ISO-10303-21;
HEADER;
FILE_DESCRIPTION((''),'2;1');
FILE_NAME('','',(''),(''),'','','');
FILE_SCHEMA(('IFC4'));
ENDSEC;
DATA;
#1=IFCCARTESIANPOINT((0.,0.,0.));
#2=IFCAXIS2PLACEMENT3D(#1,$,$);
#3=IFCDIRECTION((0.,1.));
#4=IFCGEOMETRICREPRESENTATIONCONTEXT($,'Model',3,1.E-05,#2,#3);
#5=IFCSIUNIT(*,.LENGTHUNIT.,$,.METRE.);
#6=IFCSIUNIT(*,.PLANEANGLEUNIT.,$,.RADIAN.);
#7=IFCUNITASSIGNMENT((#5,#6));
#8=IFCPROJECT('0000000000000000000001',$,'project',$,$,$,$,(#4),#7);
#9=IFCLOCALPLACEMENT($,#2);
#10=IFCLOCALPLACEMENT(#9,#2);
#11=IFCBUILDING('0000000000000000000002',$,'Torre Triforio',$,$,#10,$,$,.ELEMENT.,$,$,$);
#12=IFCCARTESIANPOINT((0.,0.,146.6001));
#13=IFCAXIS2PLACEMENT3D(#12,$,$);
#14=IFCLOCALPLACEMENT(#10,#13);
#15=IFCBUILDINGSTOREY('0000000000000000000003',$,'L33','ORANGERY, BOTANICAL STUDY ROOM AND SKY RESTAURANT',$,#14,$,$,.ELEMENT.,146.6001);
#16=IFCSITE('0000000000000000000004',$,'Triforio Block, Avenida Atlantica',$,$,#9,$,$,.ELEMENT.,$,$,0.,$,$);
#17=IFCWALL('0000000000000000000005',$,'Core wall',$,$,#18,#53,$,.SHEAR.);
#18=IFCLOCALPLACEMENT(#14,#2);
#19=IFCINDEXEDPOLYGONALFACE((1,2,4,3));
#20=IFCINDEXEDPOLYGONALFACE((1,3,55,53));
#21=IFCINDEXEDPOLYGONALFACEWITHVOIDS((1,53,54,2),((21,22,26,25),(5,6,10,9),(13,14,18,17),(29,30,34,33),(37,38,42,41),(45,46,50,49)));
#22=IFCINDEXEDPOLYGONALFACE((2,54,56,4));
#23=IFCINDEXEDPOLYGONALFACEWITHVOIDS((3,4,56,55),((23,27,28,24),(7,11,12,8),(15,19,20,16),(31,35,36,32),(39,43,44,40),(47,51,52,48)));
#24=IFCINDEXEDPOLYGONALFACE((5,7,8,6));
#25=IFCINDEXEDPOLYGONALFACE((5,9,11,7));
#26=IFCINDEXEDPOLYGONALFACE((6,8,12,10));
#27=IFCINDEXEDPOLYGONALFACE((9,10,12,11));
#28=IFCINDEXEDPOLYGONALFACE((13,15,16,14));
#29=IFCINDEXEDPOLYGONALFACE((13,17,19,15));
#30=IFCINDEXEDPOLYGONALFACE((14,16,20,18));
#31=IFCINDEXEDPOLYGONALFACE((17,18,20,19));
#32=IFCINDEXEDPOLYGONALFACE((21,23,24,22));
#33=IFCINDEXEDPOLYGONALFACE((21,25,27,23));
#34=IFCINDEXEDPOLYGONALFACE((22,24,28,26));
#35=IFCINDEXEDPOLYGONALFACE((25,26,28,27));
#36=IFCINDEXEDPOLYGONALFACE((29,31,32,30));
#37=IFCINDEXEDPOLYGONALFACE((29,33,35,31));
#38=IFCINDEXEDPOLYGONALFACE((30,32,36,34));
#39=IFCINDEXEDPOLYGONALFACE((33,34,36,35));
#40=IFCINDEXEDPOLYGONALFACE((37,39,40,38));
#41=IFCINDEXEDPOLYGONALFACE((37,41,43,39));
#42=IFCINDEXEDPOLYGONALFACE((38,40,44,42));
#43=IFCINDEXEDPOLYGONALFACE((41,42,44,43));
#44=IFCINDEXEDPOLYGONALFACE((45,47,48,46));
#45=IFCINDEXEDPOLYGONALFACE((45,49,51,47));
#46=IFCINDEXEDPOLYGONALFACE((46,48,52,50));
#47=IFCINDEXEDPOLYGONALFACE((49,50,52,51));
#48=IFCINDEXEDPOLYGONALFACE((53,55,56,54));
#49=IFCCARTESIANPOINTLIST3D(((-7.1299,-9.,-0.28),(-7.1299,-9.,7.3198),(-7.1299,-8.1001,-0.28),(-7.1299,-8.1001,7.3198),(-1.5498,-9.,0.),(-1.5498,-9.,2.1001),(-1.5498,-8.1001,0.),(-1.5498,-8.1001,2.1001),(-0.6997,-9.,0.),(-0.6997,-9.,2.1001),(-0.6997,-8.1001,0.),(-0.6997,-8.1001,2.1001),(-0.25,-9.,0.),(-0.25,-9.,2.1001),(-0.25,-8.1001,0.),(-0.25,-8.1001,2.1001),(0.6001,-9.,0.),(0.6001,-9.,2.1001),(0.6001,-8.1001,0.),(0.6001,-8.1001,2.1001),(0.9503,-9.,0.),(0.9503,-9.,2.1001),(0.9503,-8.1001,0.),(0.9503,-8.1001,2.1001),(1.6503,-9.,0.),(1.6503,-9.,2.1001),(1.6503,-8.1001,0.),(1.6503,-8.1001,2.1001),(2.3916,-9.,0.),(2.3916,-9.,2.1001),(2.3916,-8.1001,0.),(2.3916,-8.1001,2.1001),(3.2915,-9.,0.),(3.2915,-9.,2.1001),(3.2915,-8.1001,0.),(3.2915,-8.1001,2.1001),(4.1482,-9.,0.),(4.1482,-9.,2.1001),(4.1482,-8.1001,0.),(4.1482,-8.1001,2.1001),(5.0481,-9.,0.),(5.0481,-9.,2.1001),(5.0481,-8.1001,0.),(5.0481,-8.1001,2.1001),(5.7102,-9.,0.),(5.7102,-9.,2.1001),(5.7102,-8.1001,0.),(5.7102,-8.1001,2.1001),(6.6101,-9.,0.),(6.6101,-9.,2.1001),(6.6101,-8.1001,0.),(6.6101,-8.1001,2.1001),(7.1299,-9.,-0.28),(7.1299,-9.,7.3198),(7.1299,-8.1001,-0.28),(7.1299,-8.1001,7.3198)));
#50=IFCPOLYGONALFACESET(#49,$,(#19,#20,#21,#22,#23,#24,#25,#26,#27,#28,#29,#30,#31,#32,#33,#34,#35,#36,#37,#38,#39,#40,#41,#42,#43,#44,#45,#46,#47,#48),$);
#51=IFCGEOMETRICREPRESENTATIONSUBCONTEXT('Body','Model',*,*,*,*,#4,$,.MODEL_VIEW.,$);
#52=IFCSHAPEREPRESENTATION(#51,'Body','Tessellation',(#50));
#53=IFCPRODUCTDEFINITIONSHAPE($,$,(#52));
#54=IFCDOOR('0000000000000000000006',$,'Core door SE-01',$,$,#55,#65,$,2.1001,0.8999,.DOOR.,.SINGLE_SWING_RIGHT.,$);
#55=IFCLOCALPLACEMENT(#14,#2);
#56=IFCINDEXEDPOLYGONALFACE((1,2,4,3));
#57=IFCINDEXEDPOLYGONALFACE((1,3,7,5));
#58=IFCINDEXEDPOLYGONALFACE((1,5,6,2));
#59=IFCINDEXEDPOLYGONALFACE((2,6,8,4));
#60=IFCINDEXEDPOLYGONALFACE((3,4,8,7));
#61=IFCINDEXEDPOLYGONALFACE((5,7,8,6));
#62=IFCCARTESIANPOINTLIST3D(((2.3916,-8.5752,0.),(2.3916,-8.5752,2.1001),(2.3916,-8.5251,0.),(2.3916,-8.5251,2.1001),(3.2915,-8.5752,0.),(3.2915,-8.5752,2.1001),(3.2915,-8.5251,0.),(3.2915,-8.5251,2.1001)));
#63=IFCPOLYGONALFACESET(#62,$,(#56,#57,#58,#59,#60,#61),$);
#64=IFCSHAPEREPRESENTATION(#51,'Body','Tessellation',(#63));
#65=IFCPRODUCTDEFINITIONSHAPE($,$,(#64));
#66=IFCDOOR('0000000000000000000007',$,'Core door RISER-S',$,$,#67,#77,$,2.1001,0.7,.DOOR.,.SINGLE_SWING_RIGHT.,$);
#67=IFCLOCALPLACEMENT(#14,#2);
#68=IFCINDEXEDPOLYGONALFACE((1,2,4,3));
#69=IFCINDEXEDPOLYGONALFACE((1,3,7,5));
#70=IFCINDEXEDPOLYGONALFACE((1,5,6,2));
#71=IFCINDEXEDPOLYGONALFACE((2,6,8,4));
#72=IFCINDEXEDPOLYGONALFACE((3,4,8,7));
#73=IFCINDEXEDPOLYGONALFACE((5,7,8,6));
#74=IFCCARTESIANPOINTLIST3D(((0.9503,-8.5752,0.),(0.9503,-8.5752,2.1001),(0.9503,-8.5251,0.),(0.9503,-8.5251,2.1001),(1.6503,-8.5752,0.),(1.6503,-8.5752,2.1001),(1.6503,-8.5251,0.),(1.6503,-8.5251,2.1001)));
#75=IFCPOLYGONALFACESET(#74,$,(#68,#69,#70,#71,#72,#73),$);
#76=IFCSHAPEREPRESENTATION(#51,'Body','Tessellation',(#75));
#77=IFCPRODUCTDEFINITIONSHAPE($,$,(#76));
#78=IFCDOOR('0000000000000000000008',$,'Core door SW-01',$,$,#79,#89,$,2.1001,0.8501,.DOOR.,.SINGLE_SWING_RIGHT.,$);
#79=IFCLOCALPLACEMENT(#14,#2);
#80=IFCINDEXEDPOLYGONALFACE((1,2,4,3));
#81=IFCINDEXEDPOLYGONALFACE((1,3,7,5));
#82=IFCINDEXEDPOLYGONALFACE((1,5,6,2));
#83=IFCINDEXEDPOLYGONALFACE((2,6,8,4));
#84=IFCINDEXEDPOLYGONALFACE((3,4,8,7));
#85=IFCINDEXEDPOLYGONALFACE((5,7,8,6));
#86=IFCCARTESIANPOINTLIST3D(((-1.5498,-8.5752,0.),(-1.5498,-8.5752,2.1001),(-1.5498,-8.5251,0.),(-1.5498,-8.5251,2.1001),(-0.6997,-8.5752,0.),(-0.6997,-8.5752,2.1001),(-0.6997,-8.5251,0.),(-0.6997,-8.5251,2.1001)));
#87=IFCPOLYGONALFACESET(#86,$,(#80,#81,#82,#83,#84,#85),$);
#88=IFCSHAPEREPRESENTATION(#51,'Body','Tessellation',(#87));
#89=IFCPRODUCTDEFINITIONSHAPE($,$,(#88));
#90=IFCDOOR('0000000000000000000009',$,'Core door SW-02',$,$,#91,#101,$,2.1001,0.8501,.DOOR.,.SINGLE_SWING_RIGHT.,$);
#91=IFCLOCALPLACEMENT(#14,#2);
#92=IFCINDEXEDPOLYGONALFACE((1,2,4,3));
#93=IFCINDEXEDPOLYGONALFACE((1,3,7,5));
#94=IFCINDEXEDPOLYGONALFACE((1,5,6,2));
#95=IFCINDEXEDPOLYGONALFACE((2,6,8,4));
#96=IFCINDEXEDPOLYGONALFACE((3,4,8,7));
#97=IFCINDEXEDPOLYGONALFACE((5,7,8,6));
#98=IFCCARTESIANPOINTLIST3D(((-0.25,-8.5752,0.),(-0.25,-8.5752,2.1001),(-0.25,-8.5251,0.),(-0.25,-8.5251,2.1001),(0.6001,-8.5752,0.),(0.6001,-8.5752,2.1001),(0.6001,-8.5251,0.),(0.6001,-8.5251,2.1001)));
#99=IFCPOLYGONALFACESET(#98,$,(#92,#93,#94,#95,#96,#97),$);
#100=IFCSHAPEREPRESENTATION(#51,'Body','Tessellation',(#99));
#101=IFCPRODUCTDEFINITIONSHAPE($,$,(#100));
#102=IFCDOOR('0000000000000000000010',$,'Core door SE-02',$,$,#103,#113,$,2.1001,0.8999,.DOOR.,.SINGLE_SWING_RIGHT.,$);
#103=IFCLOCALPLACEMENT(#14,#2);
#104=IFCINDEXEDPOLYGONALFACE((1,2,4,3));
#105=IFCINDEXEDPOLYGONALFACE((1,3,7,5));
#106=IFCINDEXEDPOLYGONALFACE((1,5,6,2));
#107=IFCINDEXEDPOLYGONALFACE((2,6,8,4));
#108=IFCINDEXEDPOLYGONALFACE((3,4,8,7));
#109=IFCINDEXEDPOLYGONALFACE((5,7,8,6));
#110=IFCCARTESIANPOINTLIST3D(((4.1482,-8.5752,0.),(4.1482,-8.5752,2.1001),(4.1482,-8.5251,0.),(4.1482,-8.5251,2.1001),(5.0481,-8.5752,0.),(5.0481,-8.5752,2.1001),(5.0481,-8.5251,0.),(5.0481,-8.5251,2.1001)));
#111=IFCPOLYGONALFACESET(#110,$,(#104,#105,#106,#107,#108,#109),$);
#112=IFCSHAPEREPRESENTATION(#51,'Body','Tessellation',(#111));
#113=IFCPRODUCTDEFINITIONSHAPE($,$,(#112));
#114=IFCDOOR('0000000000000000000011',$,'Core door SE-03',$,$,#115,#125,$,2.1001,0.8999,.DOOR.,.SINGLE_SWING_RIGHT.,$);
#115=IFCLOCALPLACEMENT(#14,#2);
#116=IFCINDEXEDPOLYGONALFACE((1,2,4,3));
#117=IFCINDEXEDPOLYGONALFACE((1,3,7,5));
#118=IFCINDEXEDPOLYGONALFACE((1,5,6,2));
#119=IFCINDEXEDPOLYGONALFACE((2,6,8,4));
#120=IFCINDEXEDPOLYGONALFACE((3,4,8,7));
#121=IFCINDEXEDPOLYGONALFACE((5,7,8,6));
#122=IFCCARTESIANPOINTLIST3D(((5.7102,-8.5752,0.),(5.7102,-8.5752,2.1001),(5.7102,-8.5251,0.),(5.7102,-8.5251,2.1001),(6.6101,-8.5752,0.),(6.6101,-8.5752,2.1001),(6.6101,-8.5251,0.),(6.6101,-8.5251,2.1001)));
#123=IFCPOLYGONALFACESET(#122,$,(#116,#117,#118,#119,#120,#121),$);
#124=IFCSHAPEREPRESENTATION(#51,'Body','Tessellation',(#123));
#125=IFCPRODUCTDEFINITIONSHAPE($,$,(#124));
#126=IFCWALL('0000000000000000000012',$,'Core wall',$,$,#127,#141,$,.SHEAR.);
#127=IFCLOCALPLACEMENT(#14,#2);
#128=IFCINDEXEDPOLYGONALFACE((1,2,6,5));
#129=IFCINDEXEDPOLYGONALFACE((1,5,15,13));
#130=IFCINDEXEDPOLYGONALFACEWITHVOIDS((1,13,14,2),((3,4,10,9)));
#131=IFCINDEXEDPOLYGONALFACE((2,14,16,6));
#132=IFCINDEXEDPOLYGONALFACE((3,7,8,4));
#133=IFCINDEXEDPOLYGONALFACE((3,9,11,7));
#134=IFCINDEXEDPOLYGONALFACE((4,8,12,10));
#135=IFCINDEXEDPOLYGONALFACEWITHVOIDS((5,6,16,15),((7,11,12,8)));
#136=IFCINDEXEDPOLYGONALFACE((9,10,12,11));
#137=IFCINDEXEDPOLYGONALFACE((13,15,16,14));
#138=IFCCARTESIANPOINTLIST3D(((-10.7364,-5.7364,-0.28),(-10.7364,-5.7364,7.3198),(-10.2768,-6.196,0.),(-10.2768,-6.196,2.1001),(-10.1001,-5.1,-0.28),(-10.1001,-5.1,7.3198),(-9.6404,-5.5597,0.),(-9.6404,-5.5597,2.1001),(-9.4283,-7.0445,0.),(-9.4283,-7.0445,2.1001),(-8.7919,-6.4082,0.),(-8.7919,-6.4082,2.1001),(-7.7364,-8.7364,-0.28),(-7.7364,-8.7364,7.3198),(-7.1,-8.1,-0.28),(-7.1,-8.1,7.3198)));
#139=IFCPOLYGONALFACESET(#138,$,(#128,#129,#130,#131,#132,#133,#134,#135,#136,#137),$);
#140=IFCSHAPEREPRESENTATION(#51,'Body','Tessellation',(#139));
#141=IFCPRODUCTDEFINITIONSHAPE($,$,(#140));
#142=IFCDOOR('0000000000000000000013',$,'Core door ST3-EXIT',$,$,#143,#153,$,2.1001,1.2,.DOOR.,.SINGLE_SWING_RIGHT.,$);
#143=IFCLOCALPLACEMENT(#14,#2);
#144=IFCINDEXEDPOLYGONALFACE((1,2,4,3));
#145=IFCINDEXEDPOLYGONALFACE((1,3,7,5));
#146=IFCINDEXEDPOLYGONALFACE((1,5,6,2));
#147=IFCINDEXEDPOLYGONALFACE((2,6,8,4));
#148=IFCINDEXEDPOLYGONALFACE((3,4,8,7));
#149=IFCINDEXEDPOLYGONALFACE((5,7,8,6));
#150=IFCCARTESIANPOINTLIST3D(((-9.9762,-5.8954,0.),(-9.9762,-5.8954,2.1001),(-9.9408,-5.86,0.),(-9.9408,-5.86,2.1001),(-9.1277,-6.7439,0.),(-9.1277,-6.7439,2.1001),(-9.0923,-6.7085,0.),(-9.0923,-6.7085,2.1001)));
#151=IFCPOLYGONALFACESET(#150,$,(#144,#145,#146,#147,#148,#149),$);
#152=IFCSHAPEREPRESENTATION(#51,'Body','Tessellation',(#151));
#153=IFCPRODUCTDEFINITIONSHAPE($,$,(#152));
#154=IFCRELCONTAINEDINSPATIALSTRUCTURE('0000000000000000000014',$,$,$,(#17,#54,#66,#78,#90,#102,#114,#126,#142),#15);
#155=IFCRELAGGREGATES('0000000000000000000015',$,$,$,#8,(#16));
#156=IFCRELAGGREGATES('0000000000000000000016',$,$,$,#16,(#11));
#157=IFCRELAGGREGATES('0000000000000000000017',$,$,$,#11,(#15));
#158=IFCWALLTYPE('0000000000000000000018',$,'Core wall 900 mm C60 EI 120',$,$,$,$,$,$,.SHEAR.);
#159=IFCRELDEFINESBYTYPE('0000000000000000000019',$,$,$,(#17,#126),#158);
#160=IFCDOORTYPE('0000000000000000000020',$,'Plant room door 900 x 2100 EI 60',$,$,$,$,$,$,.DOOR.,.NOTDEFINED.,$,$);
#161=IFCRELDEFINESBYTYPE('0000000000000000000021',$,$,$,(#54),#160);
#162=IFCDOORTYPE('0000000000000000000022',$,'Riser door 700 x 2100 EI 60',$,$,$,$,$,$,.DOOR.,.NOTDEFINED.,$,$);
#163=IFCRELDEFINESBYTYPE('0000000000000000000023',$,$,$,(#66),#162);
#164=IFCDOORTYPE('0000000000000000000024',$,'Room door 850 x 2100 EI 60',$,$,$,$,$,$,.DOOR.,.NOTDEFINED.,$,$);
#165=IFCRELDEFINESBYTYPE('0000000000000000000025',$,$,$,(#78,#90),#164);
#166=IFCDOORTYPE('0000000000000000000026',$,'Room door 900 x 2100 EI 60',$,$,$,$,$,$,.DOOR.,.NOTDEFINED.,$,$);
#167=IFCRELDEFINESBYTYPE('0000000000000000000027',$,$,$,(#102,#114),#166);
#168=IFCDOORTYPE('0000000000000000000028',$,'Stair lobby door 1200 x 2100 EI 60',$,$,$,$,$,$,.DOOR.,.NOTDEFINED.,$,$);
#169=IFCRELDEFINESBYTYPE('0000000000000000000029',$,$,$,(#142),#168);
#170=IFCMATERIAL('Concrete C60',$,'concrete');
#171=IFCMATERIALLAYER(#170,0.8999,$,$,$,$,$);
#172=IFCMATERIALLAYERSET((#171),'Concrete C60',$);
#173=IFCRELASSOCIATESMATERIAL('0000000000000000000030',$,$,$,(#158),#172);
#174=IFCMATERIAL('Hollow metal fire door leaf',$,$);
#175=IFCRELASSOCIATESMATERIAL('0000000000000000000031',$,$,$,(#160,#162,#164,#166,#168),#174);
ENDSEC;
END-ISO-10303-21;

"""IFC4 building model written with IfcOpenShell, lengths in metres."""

from ifc_helpers import new_model, si_unit, direction, frame, frame_2d, origin, place, context, subcontext, project, spatial, rectangle, extrude, material, layer, layer_set, type_object, element, fill, save


model = new_model("IFC4")

# Units and contexts
model_context = context("Model", 3, precision=1e-05, world=origin(), true_north=direction((0.0, 1.0)))
body_context = subcontext(model_context, "Body", "Model", "MODEL_VIEW")
ifc_project = project(units=[si_unit("LENGTHUNIT", "METRE"), si_unit("PLANEANGLEUNIT", "RADIAN")], contexts=[model_context])

# Site, building, storey
site_placement = place(None, origin())
site = spatial("IfcSite", under=ifc_project, at=site_placement, Name="Triforio Block, Avenida Atlantica", CompositionType="ELEMENT", RefElevation=0.0)
building_placement = place(site_placement, origin())
building = spatial("IfcBuilding", under=site, at=building_placement, Name="Torre Triforio", CompositionType="ELEMENT")
storey_placement = place(building_placement, frame((0.0, 0.0, 146.6001)))
storey = spatial("IfcBuildingStorey", under=building, at=storey_placement, Name="L33", Description="ORANGERY, BOTANICAL STUDY ROOM AND SKY RESTAURANT", CompositionType="ELEMENT", Elevation=146.6001)

# Shared definitions
ifc_material_1 = material(Name="Concrete C60", Category="concrete")

# Wall, openings, doors
ifc_layer_1 = layer(ifc_material_1, 0.8999)
ifc_layer_set_1 = layer_set([ifc_layer_1], Name="Concrete C60")
wall_type_1 = type_object("IfcWallType", Name="Core wall 900 mm C60 EI 120", PredefinedType="SHEAR", material=ifc_layer_set_1)
wall_1_placement = place(storey_placement, frame((-7.1299, -8.55, -0.28), z_axis=(0.0, 0.0, 1.0), x_axis=(1.0, 0.0, 0.0)))
wall_1 = element("IfcWall", 1, at=wall_1_placement, inside=storey, type_object=wall_type_1, Name="Core wall", PredefinedType="SHEAR", context=body_context, shape_type="SweptSolid", body=[
    extrude(rectangle(XDim=14.2598, YDim=0.8999, at=frame_2d((7.1299, 0.0))), origin(), (0.0, 0.0, 1.0), 7.5999),
])
opening_1_placement = place(wall_1_placement, frame((8.0801, 0.0, 0.28)))
opening_1 = element("IfcOpeningElement", 2, at=opening_1_placement, cuts=wall_1, PredefinedType="OPENING", context=body_context, shape_type="SweptSolid", body=[
    extrude(rectangle(XDim=0.7, YDim=2.1001, at=frame_2d((0.3501, 1.05))), frame((0.0, 0.46, 0.0), z_axis=(0.0, -1.0, 0.0), x_axis=(1.0, 0.0, 0.0)), (0.0, 0.0, 1.0), 0.9199),
])
opening_2_placement = place(wall_1_placement, frame((5.5801, 0.0, 0.28)))
opening_2 = element("IfcOpeningElement", 3, at=opening_2_placement, cuts=wall_1, PredefinedType="OPENING", context=body_context, shape_type="SweptSolid", body=[
    extrude(rectangle(XDim=0.8501, YDim=2.1001, at=frame_2d((0.425, 1.05))), frame((0.0, 0.46, 0.0), z_axis=(0.0, -1.0, 0.0), x_axis=(1.0, 0.0, 0.0)), (0.0, 0.0, 1.0), 0.9199),
])
opening_3_placement = place(wall_1_placement, frame((6.8799, 0.0, 0.28)))
opening_3 = element("IfcOpeningElement", 4, at=opening_3_placement, cuts=wall_1, PredefinedType="OPENING", context=body_context, shape_type="SweptSolid", body=[
    extrude(rectangle(XDim=0.8501, YDim=2.1001, at=frame_2d((0.425, 1.05))), frame((0.0, 0.46, 0.0), z_axis=(0.0, -1.0, 0.0), x_axis=(1.0, 0.0, 0.0)), (0.0, 0.0, 1.0), 0.9199),
])
opening_4_placement = place(wall_1_placement, frame((9.5215, 0.0, 0.28)))
opening_4 = element("IfcOpeningElement", 5, at=opening_4_placement, cuts=wall_1, PredefinedType="OPENING", context=body_context, shape_type="SweptSolid", body=[
    extrude(rectangle(XDim=0.8999, YDim=2.1001, at=frame_2d((0.45, 1.05))), frame((0.0, 0.46, 0.0), z_axis=(0.0, -1.0, 0.0), x_axis=(1.0, 0.0, 0.0)), (0.0, 0.0, 1.0), 0.9199),
])
opening_5_placement = place(wall_1_placement, frame((11.2781, 0.0, 0.28)))
opening_5 = element("IfcOpeningElement", 6, at=opening_5_placement, cuts=wall_1, PredefinedType="OPENING", context=body_context, shape_type="SweptSolid", body=[
    extrude(rectangle(XDim=0.8999, YDim=2.1001, at=frame_2d((0.45, 1.05))), frame((0.0, 0.46, 0.0), z_axis=(0.0, -1.0, 0.0), x_axis=(1.0, 0.0, 0.0)), (0.0, 0.0, 1.0), 0.9199),
])
opening_6_placement = place(wall_1_placement, frame((12.8401, 0.0, 0.28)))
opening_6 = element("IfcOpeningElement", 7, at=opening_6_placement, cuts=wall_1, PredefinedType="OPENING", context=body_context, shape_type="SweptSolid", body=[
    extrude(rectangle(XDim=0.8999, YDim=2.1001, at=frame_2d((0.45, 1.05))), frame((0.0, 0.46, 0.0), z_axis=(0.0, -1.0, 0.0), x_axis=(1.0, 0.0, 0.0)), (0.0, 0.0, 1.0), 0.9199),
])
ifc_material_2 = material(Name="Hollow metal fire door leaf")
door_type_1 = type_object("IfcDoorType", Name="Plant room door 900 x 2100 EI 60", OperationType="NOTDEFINED", PredefinedType="DOOR", material=ifc_material_2)
door_1_placement = place(opening_4_placement, origin())
door_1 = element("IfcDoor", 8, at=door_1_placement, inside=storey, type_object=door_type_1, Name="Core door SE-01", OperationType="SINGLE_SWING_RIGHT", OverallHeight=2.1001, OverallWidth=0.8999, PredefinedType="DOOR", context=body_context, shape_type="SweptSolid", body=[
    extrude(rectangle(XDim=0.8999, YDim=2.1001, at=frame_2d((0.45, 1.05))), frame((0.0, 0.0249, 0.0), z_axis=(0.0, -1.0, 0.0), x_axis=(1.0, 0.0, 0.0)), (0.0, 0.0, 1.0), 0.05),
])
fill(opening_4, door_1)
door_type_2 = type_object("IfcDoorType", Name="Riser door 700 x 2100 EI 60", OperationType="NOTDEFINED", PredefinedType="DOOR", material=ifc_material_2)
door_2_placement = place(opening_1_placement, origin())
door_2 = element("IfcDoor", 9, at=door_2_placement, inside=storey, type_object=door_type_2, Name="Core door RISER-S", OperationType="SINGLE_SWING_RIGHT", OverallHeight=2.1001, OverallWidth=0.7, PredefinedType="DOOR", context=body_context, shape_type="SweptSolid", body=[
    extrude(rectangle(XDim=0.7, YDim=2.1001, at=frame_2d((0.3501, 1.05))), frame((0.0, 0.0249, 0.0), z_axis=(0.0, -1.0, 0.0), x_axis=(1.0, 0.0, 0.0)), (0.0, 0.0, 1.0), 0.05),
])
fill(opening_1, door_2)
door_type_3 = type_object("IfcDoorType", Name="Room door 850 x 2100 EI 60", OperationType="NOTDEFINED", PredefinedType="DOOR", material=ifc_material_2)
door_3_placement = place(opening_2_placement, origin())
door_3 = element("IfcDoor", 10, at=door_3_placement, inside=storey, type_object=door_type_3, Name="Core door SW-01", OperationType="SINGLE_SWING_RIGHT", OverallHeight=2.1001, OverallWidth=0.8501, PredefinedType="DOOR", context=body_context, shape_type="SweptSolid", body=[
    extrude(rectangle(XDim=0.8501, YDim=2.1001, at=frame_2d((0.425, 1.05))), frame((0.0, 0.0249, 0.0), z_axis=(0.0, -1.0, 0.0), x_axis=(1.0, 0.0, 0.0)), (0.0, 0.0, 1.0), 0.05),
])
fill(opening_2, door_3)
door_4_placement = place(opening_3_placement, origin())
door_4 = element("IfcDoor", 11, at=door_4_placement, inside=storey, type_object=door_type_3, Name="Core door SW-02", OperationType="SINGLE_SWING_RIGHT", OverallHeight=2.1001, OverallWidth=0.8501, PredefinedType="DOOR", context=body_context, shape_type="SweptSolid", body=[
    extrude(rectangle(XDim=0.8501, YDim=2.1001, at=frame_2d((0.425, 1.05))), frame((0.0, 0.0249, 0.0), z_axis=(0.0, -1.0, 0.0), x_axis=(1.0, 0.0, 0.0)), (0.0, 0.0, 1.0), 0.05),
])
fill(opening_3, door_4)
door_type_4 = type_object("IfcDoorType", Name="Room door 900 x 2100 EI 60", OperationType="NOTDEFINED", PredefinedType="DOOR", material=ifc_material_2)
door_5_placement = place(opening_5_placement, origin())
door_5 = element("IfcDoor", 12, at=door_5_placement, inside=storey, type_object=door_type_4, Name="Core door SE-02", OperationType="SINGLE_SWING_RIGHT", OverallHeight=2.1001, OverallWidth=0.8999, PredefinedType="DOOR", context=body_context, shape_type="SweptSolid", body=[
    extrude(rectangle(XDim=0.8999, YDim=2.1001, at=frame_2d((0.45, 1.05))), frame((0.0, 0.0249, 0.0), z_axis=(0.0, -1.0, 0.0), x_axis=(1.0, 0.0, 0.0)), (0.0, 0.0, 1.0), 0.05),
])
fill(opening_5, door_5)
door_6_placement = place(opening_6_placement, origin())
door_6 = element("IfcDoor", 13, at=door_6_placement, inside=storey, type_object=door_type_4, Name="Core door SE-03", OperationType="SINGLE_SWING_RIGHT", OverallHeight=2.1001, OverallWidth=0.8999, PredefinedType="DOOR", context=body_context, shape_type="SweptSolid", body=[
    extrude(rectangle(XDim=0.8999, YDim=2.1001, at=frame_2d((0.45, 1.05))), frame((0.0, 0.0249, 0.0), z_axis=(0.0, -1.0, 0.0), x_axis=(1.0, 0.0, 0.0)), (0.0, 0.0, 1.0), 0.05),
])
fill(opening_6, door_6)

# Wall, opening, door
wall_2_placement = place(storey_placement, frame((-7.4182, -8.4182, -0.28), z_axis=(0.0, 0.0, 1.0), x_axis=(-0.707107, 0.707107, 0.0)))
wall_2 = element("IfcWall", 14, at=wall_2_placement, inside=storey, type_object=wall_type_1, Name="Core wall", PredefinedType="SHEAR", context=body_context, shape_type="SweptSolid", body=[
    extrude(rectangle(XDim=4.2427, YDim=0.8999, at=frame_2d((2.1213, 0.0))), origin(), (0.0, 0.0, 1.0), 7.5999),
])
opening_7_placement = place(wall_2_placement, frame((2.3926, 0.0, 0.28)))
opening_7 = element("IfcOpeningElement", 15, at=opening_7_placement, cuts=wall_2, PredefinedType="OPENING", context=body_context, shape_type="SweptSolid", body=[
    extrude(rectangle(XDim=1.2, YDim=2.1001, at=frame_2d((0.6001, 1.05))), frame((0.0, 0.46, 0.0), z_axis=(0.0, -1.0, 0.0), x_axis=(1.0, 0.0, 0.0)), (0.0, 0.0, 1.0), 0.9199),
])
door_type_5 = type_object("IfcDoorType", Name="Stair lobby door 1200 x 2100 EI 60", OperationType="NOTDEFINED", PredefinedType="DOOR", material=ifc_material_2)
door_7_placement = place(opening_7_placement, origin())
door_7 = element("IfcDoor", 16, at=door_7_placement, inside=storey, type_object=door_type_5, Name="Core door ST3-EXIT", OperationType="SINGLE_SWING_RIGHT", OverallHeight=2.1001, OverallWidth=1.2, PredefinedType="DOOR", context=body_context, shape_type="SweptSolid", body=[
    extrude(rectangle(XDim=1.2, YDim=2.1001, at=frame_2d((0.6001, 1.05))), frame((0.0, 0.0249, 0.0), z_axis=(0.0, -1.0, 0.0), x_axis=(1.0, 0.0, 0.0)), (0.0, 0.0, 1.0), 0.05),
])
fill(opening_7, door_7)

save(model, "model.ifc")
